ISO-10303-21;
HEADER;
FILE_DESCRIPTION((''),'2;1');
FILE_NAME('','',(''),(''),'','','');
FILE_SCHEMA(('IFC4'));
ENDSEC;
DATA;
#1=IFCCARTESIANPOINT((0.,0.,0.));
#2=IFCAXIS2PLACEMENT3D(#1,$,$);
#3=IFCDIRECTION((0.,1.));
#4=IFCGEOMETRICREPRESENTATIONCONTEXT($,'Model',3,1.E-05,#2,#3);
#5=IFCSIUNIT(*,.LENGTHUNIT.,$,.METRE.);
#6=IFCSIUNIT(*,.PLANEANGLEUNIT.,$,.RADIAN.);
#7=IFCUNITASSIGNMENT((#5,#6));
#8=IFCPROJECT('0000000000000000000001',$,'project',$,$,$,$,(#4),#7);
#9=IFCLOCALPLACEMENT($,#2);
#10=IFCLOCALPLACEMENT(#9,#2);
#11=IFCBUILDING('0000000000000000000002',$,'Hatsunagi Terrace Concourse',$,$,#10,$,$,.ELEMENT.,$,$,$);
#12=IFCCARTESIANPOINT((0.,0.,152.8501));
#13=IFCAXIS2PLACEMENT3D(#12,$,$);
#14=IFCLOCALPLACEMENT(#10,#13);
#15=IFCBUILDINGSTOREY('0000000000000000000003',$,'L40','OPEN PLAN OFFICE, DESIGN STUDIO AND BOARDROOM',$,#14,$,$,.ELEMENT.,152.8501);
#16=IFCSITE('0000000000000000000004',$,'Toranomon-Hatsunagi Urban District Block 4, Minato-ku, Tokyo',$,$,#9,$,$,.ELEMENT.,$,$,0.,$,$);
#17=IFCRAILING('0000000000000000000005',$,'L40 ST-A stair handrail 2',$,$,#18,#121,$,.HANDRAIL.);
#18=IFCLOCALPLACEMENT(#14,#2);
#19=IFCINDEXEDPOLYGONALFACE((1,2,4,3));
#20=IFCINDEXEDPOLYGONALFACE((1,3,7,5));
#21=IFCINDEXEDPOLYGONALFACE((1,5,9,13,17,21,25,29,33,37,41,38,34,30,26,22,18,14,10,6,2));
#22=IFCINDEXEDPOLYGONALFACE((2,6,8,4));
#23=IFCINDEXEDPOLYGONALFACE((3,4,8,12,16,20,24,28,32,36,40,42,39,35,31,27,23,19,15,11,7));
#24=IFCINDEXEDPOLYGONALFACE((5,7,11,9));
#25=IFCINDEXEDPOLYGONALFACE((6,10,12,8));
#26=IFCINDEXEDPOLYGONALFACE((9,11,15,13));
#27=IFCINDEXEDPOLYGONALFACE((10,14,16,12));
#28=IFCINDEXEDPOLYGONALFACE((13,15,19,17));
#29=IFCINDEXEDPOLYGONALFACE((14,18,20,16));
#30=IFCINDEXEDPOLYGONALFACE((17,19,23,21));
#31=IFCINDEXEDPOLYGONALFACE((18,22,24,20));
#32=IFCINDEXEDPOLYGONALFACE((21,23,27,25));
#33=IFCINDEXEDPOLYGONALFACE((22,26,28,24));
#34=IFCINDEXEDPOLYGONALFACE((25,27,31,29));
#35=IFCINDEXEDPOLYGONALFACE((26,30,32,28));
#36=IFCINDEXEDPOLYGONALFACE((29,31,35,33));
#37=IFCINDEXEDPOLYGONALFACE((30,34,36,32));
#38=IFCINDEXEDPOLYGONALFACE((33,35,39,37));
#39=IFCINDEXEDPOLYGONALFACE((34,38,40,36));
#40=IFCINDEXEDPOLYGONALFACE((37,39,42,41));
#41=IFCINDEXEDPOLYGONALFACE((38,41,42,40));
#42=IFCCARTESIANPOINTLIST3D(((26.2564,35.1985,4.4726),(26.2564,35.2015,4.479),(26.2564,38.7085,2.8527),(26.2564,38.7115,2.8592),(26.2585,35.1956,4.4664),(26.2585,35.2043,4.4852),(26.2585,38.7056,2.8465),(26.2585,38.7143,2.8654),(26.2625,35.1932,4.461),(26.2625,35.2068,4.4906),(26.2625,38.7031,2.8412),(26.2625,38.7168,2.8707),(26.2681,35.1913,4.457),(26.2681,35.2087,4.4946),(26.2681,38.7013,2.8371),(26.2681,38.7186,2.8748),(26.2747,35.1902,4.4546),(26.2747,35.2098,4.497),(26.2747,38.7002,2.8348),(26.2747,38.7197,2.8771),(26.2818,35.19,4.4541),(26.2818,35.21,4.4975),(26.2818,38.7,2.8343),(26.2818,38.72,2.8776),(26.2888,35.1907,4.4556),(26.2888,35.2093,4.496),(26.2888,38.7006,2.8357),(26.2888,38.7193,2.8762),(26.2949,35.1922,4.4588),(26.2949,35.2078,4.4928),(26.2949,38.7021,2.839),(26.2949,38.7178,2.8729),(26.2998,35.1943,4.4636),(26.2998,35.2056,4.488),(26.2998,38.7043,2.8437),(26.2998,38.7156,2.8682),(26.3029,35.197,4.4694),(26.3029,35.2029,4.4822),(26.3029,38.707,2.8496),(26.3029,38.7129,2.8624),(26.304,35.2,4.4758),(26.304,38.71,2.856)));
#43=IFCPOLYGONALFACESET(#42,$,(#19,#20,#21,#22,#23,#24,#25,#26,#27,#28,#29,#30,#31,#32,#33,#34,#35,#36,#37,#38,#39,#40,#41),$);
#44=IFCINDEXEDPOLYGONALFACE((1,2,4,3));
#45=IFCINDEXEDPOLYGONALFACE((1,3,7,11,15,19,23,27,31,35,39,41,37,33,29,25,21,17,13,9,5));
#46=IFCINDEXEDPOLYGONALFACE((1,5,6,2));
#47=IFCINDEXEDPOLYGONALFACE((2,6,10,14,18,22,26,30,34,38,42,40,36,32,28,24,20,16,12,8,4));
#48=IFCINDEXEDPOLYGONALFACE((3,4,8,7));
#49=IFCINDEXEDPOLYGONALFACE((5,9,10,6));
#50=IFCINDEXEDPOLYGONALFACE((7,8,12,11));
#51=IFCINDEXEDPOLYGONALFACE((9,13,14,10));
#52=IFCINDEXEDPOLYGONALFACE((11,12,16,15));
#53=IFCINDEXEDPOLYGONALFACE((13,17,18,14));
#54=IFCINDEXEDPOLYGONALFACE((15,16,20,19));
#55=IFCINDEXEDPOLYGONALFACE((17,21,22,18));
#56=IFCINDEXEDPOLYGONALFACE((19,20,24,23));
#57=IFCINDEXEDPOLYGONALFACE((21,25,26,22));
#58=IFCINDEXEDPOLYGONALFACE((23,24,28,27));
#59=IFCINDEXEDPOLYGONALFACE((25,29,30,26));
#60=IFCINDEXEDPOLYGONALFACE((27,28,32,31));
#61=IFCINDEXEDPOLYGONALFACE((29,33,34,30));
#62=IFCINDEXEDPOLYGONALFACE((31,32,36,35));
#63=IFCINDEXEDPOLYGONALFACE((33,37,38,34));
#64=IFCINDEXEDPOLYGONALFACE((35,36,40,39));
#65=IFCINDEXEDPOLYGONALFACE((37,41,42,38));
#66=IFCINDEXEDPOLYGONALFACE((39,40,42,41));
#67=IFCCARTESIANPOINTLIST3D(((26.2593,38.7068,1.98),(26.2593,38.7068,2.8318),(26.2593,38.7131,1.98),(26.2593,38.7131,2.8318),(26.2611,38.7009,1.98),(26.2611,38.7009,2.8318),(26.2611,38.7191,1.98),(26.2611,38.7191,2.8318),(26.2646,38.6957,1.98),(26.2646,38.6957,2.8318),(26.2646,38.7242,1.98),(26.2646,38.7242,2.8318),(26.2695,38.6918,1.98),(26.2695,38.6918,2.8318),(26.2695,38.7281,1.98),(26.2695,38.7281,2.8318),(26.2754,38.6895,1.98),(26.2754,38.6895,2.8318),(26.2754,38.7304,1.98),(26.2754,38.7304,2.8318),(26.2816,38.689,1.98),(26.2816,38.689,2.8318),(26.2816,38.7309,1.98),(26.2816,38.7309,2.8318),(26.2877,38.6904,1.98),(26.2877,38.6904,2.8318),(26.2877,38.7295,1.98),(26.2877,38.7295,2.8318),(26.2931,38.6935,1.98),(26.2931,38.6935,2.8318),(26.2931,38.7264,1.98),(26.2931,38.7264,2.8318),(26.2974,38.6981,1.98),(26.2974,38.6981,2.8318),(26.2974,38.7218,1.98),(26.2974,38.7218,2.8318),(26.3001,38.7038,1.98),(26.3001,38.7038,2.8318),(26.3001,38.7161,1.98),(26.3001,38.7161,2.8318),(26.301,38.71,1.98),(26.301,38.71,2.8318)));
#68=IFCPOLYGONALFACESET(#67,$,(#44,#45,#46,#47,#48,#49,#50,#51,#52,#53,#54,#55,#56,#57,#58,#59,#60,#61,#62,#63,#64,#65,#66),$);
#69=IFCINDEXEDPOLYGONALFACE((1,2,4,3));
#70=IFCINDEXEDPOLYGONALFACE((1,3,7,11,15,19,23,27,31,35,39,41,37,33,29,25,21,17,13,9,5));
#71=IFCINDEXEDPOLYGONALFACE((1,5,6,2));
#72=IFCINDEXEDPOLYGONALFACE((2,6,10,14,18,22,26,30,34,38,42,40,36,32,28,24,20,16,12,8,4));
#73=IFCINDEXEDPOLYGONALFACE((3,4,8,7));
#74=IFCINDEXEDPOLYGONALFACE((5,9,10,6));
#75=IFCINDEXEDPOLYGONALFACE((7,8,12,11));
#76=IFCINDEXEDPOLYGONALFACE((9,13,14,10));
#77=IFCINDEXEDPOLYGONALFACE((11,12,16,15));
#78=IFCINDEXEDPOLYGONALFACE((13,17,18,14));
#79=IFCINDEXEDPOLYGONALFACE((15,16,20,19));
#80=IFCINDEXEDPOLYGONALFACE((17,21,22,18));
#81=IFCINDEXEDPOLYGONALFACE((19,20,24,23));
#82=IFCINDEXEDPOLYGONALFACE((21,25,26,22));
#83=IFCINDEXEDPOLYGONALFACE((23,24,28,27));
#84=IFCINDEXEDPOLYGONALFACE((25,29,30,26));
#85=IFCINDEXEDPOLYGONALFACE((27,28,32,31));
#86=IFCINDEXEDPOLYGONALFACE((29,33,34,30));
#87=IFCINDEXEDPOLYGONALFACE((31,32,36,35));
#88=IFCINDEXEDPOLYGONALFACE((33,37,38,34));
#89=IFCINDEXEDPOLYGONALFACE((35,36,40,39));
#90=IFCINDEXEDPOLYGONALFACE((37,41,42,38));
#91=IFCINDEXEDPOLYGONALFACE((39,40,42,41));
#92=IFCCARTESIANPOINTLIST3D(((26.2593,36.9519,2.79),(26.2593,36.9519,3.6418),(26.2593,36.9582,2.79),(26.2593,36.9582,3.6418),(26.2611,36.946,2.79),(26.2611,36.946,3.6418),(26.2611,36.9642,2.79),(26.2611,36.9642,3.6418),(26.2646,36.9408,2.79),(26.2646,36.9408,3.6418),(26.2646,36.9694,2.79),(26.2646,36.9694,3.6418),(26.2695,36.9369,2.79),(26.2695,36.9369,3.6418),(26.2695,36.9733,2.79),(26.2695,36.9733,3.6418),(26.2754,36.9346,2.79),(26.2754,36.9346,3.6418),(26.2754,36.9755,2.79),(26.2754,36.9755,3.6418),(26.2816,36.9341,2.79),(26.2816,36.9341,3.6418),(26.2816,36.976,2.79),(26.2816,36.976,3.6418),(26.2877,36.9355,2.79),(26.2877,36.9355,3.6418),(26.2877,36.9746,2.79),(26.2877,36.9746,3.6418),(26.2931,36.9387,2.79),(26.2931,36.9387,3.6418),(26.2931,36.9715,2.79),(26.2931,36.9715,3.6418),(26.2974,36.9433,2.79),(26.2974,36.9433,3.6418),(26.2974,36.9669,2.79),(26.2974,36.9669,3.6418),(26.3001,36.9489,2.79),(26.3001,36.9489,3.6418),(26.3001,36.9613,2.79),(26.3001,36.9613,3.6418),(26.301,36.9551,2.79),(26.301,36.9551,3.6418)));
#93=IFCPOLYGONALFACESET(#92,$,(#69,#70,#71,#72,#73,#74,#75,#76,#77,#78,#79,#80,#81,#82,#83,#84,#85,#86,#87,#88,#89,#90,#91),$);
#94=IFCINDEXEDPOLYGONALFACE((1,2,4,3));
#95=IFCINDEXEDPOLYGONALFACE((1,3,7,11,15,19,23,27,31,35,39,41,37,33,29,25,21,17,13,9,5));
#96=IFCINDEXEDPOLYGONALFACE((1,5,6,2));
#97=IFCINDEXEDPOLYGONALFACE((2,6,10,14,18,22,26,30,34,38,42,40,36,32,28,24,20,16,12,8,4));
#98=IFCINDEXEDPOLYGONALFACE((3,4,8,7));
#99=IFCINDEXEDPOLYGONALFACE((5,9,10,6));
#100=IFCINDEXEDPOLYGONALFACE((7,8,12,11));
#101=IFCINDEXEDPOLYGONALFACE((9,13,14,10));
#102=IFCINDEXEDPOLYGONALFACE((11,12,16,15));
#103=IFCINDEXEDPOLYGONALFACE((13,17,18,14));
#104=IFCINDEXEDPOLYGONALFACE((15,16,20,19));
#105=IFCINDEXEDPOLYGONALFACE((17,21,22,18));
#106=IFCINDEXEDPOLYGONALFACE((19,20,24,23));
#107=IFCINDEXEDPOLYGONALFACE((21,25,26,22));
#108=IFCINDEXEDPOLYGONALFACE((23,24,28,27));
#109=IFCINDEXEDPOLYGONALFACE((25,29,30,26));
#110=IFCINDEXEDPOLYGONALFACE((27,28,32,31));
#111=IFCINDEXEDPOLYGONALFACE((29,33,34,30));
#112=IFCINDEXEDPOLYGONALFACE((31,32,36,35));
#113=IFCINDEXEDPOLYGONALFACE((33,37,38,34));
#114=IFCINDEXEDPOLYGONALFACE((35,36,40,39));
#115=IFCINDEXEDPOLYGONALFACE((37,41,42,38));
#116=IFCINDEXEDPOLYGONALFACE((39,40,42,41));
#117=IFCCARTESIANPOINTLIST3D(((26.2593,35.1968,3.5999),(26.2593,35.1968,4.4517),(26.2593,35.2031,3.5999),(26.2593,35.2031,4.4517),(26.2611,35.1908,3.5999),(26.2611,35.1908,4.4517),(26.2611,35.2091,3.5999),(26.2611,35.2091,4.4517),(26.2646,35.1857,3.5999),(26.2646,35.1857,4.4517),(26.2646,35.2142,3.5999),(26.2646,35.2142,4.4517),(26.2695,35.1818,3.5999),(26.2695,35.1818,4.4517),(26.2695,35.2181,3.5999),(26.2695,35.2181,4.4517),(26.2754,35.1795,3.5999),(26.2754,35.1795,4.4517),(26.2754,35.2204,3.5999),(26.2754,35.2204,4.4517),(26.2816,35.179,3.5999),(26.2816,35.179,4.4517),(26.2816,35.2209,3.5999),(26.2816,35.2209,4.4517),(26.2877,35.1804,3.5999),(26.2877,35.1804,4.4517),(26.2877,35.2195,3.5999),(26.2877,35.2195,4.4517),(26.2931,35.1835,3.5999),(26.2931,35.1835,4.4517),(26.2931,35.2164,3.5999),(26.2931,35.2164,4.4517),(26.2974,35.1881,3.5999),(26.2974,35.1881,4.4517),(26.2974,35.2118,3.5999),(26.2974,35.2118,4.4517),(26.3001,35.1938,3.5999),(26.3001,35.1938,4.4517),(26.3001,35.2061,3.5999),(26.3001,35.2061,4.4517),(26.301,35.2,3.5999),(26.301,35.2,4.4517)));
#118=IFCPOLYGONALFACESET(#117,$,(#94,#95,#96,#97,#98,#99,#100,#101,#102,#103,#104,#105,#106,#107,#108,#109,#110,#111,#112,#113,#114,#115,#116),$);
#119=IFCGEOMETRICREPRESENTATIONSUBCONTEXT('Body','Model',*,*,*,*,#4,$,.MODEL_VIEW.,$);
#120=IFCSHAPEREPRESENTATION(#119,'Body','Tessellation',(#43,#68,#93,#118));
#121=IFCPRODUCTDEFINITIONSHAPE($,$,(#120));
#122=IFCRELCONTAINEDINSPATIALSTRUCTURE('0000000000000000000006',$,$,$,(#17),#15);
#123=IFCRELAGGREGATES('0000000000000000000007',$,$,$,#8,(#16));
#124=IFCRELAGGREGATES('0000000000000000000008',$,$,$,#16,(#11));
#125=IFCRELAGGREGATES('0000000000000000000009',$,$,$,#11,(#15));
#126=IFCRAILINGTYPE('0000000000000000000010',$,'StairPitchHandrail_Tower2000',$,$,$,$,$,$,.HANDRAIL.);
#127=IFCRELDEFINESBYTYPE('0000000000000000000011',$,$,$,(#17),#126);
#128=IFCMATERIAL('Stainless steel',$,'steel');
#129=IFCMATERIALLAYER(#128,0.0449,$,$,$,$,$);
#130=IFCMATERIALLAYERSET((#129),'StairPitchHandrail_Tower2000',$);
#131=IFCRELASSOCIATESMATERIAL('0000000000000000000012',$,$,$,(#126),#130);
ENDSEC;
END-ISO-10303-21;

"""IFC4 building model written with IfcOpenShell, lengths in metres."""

from ifc_helpers import new_model, si_unit, direction, frame, origin, origin_2d, place, context, subcontext, project, spatial, circle, extrude, material, layer, layer_set, type_object, element, save


model = new_model("IFC4")

# Units and contexts
model_context = context("Model", 3, precision=1e-05, world=origin(), true_north=direction((0.0, 1.0)))
body_context = subcontext(model_context, "Body", "Model", "MODEL_VIEW")
ifc_project = project(units=[si_unit("LENGTHUNIT", "METRE"), si_unit("PLANEANGLEUNIT", "RADIAN")], contexts=[model_context])

# Site, building, storey
site_placement = place(None, origin())
site = spatial("IfcSite", under=ifc_project, at=site_placement, Name="Toranomon-Hatsunagi Urban District Block 4, Minato-ku, Tokyo", CompositionType="ELEMENT", RefElevation=0.0)
building_placement = place(site_placement, origin())
building = spatial("IfcBuilding", under=site, at=building_placement, Name="Hatsunagi Terrace Concourse", CompositionType="ELEMENT")
storey_placement = place(building_placement, frame((0.0, 0.0, 152.8501)))
storey = spatial("IfcBuildingStorey", under=building, at=storey_placement, Name="L40", Description="OPEN PLAN OFFICE, DESIGN STUDIO AND BOARDROOM", CompositionType="ELEMENT", Elevation=152.8501)

# Railing
ifc_material_1 = material(Name="Stainless steel", Category="steel")
ifc_layer_1 = layer(ifc_material_1, 0.0449)
ifc_layer_set_1 = layer_set([ifc_layer_1], Name="StairPitchHandrail_Tower2000")
railing_type = type_object("IfcRailingType", Name="StairPitchHandrail_Tower2000", PredefinedType="HANDRAIL", material=ifc_layer_set_1)
railing_placement = place(storey_placement, frame((26.28, 38.71, 1.98)))
element("IfcRailing", 1, at=railing_placement, inside=storey, type_object=railing_type, Name="L40 ST-A stair handrail 2", PredefinedType="HANDRAIL", context=body_context, shape_type="SweptSolid", body=[
    extrude(circle(Radius=0.0239, at=origin_2d()), frame((0.0, 0.0, 0.876), z_axis=(0.0, -0.907972, 0.41903), x_axis=(1.0, 0.0, 0.0)), (0.0, 0.0, 1.0), 3.8657),
    extrude(circle(Radius=0.021, at=origin_2d()), origin(), (0.0, 0.0, 1.0), 0.8518),
    extrude(circle(Radius=0.021, at=origin_2d()), frame((0.0, -1.7549, 0.8101)), (0.0, 0.0, 1.0), 0.8518),
    extrude(circle(Radius=0.021, at=origin_2d()), frame((0.0, -3.51, 1.6199)), (0.0, 0.0, 1.0), 0.8518),
])

save(model, "model.ifc")
